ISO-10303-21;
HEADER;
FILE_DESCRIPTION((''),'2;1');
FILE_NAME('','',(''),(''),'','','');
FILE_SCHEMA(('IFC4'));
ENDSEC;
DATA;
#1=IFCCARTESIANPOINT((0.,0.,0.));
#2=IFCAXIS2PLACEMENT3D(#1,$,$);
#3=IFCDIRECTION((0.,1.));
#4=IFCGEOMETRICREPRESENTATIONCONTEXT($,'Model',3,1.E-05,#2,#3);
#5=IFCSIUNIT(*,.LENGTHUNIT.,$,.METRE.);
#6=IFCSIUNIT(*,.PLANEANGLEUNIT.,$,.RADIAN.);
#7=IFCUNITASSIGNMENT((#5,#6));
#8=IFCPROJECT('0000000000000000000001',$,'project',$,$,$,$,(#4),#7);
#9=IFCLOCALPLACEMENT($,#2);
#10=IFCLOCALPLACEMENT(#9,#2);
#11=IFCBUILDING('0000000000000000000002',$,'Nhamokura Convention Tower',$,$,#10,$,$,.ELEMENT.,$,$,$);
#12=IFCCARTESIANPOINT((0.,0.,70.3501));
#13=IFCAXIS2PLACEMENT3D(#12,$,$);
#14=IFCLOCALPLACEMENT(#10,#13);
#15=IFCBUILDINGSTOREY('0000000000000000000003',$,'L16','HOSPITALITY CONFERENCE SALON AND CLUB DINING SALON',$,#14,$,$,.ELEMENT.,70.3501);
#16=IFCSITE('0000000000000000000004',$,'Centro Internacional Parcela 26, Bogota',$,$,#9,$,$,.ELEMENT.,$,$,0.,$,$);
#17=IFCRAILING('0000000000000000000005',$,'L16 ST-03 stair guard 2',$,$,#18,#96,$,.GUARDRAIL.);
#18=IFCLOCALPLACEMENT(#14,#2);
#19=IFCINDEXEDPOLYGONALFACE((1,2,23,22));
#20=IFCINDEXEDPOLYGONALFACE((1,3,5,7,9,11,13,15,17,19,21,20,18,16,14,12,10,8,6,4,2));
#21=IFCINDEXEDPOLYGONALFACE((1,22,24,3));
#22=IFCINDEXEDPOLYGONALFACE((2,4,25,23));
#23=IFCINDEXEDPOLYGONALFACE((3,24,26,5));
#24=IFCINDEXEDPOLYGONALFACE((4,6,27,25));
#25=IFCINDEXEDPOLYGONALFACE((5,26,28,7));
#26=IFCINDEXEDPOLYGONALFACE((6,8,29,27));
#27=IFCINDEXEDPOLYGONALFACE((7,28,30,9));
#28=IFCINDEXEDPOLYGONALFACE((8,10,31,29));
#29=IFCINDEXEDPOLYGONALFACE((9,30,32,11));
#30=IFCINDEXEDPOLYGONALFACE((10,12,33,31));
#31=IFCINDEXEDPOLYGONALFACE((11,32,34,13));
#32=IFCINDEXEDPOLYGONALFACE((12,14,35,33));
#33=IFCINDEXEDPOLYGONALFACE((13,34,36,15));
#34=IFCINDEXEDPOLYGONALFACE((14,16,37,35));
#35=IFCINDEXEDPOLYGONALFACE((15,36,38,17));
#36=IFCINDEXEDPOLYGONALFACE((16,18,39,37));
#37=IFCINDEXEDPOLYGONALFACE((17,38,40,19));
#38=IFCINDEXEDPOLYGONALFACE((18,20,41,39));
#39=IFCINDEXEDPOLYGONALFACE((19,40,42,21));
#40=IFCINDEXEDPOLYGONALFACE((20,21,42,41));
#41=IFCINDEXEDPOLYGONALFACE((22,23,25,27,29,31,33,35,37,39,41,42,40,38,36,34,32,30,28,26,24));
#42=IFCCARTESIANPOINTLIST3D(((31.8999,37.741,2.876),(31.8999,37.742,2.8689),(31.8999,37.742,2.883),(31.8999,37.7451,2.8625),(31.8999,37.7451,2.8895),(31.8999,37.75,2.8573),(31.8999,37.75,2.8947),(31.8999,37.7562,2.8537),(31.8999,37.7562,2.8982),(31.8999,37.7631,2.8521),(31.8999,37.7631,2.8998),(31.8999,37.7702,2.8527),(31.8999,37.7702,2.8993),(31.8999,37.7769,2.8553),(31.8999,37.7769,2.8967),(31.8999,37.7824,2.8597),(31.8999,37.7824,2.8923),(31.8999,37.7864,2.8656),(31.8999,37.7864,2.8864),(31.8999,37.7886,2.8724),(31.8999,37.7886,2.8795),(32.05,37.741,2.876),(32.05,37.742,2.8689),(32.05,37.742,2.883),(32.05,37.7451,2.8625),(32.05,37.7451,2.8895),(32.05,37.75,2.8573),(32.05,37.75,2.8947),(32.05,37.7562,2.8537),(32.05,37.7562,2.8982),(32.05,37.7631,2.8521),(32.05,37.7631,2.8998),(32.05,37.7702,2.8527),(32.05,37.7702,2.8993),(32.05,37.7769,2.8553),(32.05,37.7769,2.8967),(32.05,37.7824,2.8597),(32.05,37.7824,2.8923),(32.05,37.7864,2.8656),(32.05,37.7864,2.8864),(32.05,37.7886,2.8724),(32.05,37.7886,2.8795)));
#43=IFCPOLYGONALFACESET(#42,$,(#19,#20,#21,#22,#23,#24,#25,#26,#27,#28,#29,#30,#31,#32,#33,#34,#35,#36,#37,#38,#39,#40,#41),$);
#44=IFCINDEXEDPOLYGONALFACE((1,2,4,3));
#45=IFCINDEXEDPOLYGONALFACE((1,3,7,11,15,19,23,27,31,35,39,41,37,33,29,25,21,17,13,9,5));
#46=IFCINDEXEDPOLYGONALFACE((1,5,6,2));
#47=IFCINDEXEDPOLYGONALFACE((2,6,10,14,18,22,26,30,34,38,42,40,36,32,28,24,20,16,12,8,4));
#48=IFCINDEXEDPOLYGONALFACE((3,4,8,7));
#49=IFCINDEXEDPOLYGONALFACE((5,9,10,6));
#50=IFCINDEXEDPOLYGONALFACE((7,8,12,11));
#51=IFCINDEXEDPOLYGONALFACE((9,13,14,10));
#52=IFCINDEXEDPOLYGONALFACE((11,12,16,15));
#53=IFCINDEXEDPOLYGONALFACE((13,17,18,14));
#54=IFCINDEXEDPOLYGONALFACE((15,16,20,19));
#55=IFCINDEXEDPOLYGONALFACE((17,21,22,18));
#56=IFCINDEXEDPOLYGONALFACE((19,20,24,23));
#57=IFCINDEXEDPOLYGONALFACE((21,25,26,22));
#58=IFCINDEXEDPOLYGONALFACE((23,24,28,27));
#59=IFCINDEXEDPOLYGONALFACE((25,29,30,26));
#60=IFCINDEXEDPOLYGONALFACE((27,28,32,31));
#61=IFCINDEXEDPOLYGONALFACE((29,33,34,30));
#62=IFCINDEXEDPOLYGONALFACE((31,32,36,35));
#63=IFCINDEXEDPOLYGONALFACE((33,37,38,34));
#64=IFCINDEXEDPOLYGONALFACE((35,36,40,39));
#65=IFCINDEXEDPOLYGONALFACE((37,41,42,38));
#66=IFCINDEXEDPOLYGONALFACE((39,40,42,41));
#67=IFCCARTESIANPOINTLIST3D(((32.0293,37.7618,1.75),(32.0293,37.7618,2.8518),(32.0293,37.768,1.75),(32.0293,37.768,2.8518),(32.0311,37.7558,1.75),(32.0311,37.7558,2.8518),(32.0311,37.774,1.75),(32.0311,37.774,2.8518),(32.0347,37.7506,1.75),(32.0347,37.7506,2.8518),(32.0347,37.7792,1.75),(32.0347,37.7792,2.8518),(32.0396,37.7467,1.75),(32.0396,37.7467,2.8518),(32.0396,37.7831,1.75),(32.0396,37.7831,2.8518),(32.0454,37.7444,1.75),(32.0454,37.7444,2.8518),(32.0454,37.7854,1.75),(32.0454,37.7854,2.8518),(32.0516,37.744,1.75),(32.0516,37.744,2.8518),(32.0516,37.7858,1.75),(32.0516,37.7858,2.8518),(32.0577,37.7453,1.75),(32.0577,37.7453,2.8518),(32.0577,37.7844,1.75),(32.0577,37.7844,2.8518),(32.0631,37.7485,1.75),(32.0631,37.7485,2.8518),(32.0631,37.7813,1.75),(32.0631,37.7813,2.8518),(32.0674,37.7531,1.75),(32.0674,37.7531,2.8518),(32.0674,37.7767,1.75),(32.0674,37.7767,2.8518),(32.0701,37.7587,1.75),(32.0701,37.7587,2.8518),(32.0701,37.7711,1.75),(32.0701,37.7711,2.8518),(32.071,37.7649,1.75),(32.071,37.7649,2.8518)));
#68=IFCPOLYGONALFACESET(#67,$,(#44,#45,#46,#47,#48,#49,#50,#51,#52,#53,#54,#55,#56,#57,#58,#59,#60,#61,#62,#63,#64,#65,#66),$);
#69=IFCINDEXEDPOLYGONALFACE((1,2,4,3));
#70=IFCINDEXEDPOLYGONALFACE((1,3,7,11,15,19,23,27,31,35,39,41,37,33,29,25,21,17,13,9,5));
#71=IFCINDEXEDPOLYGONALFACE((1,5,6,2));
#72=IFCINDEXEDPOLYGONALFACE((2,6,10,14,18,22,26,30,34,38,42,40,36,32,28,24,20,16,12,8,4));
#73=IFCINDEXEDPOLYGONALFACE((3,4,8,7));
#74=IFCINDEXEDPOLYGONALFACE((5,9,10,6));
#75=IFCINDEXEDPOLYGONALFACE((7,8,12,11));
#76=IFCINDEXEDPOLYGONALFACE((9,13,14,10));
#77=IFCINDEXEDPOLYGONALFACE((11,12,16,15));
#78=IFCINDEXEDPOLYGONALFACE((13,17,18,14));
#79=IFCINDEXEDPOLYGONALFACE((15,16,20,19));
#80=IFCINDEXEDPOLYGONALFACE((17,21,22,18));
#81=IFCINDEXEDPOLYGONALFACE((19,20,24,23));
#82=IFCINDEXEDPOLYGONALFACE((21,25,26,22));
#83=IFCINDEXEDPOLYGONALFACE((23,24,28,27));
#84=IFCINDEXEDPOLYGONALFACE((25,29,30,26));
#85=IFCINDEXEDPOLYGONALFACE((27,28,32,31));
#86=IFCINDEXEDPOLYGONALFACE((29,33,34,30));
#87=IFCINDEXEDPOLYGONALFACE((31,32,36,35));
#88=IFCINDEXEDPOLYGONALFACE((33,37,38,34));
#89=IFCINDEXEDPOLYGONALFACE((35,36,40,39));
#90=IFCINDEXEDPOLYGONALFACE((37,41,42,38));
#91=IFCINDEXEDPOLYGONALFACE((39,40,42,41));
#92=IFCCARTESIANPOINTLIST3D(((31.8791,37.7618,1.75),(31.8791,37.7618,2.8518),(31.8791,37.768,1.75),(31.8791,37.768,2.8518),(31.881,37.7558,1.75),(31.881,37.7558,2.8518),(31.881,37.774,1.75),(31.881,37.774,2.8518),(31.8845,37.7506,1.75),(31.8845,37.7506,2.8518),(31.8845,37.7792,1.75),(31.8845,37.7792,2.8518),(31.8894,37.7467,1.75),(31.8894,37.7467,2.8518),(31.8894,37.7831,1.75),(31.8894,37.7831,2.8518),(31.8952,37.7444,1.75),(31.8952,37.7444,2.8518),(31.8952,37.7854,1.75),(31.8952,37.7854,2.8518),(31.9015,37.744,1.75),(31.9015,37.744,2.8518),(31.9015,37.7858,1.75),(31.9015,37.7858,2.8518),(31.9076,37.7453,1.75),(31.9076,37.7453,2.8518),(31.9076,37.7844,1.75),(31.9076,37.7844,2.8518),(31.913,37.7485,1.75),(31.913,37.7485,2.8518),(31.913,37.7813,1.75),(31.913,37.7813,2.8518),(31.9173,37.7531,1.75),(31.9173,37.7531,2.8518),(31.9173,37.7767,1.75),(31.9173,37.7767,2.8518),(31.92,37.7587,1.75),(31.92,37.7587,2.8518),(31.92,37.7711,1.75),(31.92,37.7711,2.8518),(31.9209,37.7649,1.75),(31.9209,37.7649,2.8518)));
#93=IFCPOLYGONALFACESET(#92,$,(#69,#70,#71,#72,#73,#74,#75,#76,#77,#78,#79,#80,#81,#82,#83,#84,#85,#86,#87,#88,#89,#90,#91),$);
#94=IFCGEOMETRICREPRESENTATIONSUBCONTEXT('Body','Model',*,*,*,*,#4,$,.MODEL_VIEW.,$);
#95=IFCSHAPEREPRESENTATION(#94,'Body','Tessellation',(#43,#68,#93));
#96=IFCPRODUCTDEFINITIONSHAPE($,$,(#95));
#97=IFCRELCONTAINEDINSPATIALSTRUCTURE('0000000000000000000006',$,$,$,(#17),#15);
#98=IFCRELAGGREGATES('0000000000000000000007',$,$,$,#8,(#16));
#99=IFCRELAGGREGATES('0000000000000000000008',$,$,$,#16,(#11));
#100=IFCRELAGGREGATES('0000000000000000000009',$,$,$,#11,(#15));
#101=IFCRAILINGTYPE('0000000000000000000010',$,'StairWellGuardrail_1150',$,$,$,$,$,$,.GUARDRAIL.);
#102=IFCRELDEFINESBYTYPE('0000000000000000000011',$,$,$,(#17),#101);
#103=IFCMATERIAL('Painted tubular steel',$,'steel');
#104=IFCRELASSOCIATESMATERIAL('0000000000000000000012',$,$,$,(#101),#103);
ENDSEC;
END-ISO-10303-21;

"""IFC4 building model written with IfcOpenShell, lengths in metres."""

from ifc_helpers import new_model, si_unit, direction, frame, origin, origin_2d, place, context, subcontext, project, spatial, circle, extrude, material, type_object, element, save


model = new_model("IFC4")

# Units and contexts
model_context = context("Model", 3, precision=1e-05, world=origin(), true_north=direction((0.0, 1.0)))
body_context = subcontext(model_context, "Body", "Model", "MODEL_VIEW")
ifc_project = project(units=[si_unit("LENGTHUNIT", "METRE"), si_unit("PLANEANGLEUNIT", "RADIAN")], contexts=[model_context])

# Site, building, storey
site_placement = place(None, origin())
site = spatial("IfcSite", under=ifc_project, at=site_placement, Name="Centro Internacional Parcela 26, Bogota", CompositionType="ELEMENT", RefElevation=0.0)
building_placement = place(site_placement, origin())
building = spatial("IfcBuilding", under=site, at=building_placement, Name="Nhamokura Convention Tower", CompositionType="ELEMENT")
storey_placement = place(building_placement, frame((0.0, 0.0, 70.3501)))
storey = spatial("IfcBuildingStorey", under=building, at=storey_placement, Name="L16", Description="HOSPITALITY CONFERENCE SALON AND CLUB DINING SALON", CompositionType="ELEMENT", Elevation=70.3501)

# Railing
ifc_material_1 = material(Name="Painted tubular steel", Category="steel")
railing_type_1 = type_object("IfcRailingType", Name="StairWellGuardrail_1150", PredefinedType="GUARDRAIL", material=ifc_material_1)
railing_1_placement = place(storey_placement, frame((32.05, 37.7649, 1.75)))
element("IfcRailing", 1, at=railing_1_placement, inside=storey, type_object=railing_type_1, Name="L16 ST-03 stair guard 2", PredefinedType="GUARDRAIL", context=body_context, shape_type="SweptSolid", body=[
    extrude(circle(Radius=0.0239, at=origin_2d()), frame((0.0, 0.0, 1.126), z_axis=(-1.0, 0.0, 0.0), x_axis=(0.0, -1.0, 0.0)), (0.0, 0.0, 1.0), 0.1501),
    extrude(circle(Radius=0.021, at=origin_2d()), origin(), (0.0, 0.0, 1.0), 1.1018),
    extrude(circle(Radius=0.021, at=origin_2d()), frame((-0.1501, 0.0, 0.0)), (0.0, 0.0, 1.0), 1.1018),
])

save(model, "model.ifc")
